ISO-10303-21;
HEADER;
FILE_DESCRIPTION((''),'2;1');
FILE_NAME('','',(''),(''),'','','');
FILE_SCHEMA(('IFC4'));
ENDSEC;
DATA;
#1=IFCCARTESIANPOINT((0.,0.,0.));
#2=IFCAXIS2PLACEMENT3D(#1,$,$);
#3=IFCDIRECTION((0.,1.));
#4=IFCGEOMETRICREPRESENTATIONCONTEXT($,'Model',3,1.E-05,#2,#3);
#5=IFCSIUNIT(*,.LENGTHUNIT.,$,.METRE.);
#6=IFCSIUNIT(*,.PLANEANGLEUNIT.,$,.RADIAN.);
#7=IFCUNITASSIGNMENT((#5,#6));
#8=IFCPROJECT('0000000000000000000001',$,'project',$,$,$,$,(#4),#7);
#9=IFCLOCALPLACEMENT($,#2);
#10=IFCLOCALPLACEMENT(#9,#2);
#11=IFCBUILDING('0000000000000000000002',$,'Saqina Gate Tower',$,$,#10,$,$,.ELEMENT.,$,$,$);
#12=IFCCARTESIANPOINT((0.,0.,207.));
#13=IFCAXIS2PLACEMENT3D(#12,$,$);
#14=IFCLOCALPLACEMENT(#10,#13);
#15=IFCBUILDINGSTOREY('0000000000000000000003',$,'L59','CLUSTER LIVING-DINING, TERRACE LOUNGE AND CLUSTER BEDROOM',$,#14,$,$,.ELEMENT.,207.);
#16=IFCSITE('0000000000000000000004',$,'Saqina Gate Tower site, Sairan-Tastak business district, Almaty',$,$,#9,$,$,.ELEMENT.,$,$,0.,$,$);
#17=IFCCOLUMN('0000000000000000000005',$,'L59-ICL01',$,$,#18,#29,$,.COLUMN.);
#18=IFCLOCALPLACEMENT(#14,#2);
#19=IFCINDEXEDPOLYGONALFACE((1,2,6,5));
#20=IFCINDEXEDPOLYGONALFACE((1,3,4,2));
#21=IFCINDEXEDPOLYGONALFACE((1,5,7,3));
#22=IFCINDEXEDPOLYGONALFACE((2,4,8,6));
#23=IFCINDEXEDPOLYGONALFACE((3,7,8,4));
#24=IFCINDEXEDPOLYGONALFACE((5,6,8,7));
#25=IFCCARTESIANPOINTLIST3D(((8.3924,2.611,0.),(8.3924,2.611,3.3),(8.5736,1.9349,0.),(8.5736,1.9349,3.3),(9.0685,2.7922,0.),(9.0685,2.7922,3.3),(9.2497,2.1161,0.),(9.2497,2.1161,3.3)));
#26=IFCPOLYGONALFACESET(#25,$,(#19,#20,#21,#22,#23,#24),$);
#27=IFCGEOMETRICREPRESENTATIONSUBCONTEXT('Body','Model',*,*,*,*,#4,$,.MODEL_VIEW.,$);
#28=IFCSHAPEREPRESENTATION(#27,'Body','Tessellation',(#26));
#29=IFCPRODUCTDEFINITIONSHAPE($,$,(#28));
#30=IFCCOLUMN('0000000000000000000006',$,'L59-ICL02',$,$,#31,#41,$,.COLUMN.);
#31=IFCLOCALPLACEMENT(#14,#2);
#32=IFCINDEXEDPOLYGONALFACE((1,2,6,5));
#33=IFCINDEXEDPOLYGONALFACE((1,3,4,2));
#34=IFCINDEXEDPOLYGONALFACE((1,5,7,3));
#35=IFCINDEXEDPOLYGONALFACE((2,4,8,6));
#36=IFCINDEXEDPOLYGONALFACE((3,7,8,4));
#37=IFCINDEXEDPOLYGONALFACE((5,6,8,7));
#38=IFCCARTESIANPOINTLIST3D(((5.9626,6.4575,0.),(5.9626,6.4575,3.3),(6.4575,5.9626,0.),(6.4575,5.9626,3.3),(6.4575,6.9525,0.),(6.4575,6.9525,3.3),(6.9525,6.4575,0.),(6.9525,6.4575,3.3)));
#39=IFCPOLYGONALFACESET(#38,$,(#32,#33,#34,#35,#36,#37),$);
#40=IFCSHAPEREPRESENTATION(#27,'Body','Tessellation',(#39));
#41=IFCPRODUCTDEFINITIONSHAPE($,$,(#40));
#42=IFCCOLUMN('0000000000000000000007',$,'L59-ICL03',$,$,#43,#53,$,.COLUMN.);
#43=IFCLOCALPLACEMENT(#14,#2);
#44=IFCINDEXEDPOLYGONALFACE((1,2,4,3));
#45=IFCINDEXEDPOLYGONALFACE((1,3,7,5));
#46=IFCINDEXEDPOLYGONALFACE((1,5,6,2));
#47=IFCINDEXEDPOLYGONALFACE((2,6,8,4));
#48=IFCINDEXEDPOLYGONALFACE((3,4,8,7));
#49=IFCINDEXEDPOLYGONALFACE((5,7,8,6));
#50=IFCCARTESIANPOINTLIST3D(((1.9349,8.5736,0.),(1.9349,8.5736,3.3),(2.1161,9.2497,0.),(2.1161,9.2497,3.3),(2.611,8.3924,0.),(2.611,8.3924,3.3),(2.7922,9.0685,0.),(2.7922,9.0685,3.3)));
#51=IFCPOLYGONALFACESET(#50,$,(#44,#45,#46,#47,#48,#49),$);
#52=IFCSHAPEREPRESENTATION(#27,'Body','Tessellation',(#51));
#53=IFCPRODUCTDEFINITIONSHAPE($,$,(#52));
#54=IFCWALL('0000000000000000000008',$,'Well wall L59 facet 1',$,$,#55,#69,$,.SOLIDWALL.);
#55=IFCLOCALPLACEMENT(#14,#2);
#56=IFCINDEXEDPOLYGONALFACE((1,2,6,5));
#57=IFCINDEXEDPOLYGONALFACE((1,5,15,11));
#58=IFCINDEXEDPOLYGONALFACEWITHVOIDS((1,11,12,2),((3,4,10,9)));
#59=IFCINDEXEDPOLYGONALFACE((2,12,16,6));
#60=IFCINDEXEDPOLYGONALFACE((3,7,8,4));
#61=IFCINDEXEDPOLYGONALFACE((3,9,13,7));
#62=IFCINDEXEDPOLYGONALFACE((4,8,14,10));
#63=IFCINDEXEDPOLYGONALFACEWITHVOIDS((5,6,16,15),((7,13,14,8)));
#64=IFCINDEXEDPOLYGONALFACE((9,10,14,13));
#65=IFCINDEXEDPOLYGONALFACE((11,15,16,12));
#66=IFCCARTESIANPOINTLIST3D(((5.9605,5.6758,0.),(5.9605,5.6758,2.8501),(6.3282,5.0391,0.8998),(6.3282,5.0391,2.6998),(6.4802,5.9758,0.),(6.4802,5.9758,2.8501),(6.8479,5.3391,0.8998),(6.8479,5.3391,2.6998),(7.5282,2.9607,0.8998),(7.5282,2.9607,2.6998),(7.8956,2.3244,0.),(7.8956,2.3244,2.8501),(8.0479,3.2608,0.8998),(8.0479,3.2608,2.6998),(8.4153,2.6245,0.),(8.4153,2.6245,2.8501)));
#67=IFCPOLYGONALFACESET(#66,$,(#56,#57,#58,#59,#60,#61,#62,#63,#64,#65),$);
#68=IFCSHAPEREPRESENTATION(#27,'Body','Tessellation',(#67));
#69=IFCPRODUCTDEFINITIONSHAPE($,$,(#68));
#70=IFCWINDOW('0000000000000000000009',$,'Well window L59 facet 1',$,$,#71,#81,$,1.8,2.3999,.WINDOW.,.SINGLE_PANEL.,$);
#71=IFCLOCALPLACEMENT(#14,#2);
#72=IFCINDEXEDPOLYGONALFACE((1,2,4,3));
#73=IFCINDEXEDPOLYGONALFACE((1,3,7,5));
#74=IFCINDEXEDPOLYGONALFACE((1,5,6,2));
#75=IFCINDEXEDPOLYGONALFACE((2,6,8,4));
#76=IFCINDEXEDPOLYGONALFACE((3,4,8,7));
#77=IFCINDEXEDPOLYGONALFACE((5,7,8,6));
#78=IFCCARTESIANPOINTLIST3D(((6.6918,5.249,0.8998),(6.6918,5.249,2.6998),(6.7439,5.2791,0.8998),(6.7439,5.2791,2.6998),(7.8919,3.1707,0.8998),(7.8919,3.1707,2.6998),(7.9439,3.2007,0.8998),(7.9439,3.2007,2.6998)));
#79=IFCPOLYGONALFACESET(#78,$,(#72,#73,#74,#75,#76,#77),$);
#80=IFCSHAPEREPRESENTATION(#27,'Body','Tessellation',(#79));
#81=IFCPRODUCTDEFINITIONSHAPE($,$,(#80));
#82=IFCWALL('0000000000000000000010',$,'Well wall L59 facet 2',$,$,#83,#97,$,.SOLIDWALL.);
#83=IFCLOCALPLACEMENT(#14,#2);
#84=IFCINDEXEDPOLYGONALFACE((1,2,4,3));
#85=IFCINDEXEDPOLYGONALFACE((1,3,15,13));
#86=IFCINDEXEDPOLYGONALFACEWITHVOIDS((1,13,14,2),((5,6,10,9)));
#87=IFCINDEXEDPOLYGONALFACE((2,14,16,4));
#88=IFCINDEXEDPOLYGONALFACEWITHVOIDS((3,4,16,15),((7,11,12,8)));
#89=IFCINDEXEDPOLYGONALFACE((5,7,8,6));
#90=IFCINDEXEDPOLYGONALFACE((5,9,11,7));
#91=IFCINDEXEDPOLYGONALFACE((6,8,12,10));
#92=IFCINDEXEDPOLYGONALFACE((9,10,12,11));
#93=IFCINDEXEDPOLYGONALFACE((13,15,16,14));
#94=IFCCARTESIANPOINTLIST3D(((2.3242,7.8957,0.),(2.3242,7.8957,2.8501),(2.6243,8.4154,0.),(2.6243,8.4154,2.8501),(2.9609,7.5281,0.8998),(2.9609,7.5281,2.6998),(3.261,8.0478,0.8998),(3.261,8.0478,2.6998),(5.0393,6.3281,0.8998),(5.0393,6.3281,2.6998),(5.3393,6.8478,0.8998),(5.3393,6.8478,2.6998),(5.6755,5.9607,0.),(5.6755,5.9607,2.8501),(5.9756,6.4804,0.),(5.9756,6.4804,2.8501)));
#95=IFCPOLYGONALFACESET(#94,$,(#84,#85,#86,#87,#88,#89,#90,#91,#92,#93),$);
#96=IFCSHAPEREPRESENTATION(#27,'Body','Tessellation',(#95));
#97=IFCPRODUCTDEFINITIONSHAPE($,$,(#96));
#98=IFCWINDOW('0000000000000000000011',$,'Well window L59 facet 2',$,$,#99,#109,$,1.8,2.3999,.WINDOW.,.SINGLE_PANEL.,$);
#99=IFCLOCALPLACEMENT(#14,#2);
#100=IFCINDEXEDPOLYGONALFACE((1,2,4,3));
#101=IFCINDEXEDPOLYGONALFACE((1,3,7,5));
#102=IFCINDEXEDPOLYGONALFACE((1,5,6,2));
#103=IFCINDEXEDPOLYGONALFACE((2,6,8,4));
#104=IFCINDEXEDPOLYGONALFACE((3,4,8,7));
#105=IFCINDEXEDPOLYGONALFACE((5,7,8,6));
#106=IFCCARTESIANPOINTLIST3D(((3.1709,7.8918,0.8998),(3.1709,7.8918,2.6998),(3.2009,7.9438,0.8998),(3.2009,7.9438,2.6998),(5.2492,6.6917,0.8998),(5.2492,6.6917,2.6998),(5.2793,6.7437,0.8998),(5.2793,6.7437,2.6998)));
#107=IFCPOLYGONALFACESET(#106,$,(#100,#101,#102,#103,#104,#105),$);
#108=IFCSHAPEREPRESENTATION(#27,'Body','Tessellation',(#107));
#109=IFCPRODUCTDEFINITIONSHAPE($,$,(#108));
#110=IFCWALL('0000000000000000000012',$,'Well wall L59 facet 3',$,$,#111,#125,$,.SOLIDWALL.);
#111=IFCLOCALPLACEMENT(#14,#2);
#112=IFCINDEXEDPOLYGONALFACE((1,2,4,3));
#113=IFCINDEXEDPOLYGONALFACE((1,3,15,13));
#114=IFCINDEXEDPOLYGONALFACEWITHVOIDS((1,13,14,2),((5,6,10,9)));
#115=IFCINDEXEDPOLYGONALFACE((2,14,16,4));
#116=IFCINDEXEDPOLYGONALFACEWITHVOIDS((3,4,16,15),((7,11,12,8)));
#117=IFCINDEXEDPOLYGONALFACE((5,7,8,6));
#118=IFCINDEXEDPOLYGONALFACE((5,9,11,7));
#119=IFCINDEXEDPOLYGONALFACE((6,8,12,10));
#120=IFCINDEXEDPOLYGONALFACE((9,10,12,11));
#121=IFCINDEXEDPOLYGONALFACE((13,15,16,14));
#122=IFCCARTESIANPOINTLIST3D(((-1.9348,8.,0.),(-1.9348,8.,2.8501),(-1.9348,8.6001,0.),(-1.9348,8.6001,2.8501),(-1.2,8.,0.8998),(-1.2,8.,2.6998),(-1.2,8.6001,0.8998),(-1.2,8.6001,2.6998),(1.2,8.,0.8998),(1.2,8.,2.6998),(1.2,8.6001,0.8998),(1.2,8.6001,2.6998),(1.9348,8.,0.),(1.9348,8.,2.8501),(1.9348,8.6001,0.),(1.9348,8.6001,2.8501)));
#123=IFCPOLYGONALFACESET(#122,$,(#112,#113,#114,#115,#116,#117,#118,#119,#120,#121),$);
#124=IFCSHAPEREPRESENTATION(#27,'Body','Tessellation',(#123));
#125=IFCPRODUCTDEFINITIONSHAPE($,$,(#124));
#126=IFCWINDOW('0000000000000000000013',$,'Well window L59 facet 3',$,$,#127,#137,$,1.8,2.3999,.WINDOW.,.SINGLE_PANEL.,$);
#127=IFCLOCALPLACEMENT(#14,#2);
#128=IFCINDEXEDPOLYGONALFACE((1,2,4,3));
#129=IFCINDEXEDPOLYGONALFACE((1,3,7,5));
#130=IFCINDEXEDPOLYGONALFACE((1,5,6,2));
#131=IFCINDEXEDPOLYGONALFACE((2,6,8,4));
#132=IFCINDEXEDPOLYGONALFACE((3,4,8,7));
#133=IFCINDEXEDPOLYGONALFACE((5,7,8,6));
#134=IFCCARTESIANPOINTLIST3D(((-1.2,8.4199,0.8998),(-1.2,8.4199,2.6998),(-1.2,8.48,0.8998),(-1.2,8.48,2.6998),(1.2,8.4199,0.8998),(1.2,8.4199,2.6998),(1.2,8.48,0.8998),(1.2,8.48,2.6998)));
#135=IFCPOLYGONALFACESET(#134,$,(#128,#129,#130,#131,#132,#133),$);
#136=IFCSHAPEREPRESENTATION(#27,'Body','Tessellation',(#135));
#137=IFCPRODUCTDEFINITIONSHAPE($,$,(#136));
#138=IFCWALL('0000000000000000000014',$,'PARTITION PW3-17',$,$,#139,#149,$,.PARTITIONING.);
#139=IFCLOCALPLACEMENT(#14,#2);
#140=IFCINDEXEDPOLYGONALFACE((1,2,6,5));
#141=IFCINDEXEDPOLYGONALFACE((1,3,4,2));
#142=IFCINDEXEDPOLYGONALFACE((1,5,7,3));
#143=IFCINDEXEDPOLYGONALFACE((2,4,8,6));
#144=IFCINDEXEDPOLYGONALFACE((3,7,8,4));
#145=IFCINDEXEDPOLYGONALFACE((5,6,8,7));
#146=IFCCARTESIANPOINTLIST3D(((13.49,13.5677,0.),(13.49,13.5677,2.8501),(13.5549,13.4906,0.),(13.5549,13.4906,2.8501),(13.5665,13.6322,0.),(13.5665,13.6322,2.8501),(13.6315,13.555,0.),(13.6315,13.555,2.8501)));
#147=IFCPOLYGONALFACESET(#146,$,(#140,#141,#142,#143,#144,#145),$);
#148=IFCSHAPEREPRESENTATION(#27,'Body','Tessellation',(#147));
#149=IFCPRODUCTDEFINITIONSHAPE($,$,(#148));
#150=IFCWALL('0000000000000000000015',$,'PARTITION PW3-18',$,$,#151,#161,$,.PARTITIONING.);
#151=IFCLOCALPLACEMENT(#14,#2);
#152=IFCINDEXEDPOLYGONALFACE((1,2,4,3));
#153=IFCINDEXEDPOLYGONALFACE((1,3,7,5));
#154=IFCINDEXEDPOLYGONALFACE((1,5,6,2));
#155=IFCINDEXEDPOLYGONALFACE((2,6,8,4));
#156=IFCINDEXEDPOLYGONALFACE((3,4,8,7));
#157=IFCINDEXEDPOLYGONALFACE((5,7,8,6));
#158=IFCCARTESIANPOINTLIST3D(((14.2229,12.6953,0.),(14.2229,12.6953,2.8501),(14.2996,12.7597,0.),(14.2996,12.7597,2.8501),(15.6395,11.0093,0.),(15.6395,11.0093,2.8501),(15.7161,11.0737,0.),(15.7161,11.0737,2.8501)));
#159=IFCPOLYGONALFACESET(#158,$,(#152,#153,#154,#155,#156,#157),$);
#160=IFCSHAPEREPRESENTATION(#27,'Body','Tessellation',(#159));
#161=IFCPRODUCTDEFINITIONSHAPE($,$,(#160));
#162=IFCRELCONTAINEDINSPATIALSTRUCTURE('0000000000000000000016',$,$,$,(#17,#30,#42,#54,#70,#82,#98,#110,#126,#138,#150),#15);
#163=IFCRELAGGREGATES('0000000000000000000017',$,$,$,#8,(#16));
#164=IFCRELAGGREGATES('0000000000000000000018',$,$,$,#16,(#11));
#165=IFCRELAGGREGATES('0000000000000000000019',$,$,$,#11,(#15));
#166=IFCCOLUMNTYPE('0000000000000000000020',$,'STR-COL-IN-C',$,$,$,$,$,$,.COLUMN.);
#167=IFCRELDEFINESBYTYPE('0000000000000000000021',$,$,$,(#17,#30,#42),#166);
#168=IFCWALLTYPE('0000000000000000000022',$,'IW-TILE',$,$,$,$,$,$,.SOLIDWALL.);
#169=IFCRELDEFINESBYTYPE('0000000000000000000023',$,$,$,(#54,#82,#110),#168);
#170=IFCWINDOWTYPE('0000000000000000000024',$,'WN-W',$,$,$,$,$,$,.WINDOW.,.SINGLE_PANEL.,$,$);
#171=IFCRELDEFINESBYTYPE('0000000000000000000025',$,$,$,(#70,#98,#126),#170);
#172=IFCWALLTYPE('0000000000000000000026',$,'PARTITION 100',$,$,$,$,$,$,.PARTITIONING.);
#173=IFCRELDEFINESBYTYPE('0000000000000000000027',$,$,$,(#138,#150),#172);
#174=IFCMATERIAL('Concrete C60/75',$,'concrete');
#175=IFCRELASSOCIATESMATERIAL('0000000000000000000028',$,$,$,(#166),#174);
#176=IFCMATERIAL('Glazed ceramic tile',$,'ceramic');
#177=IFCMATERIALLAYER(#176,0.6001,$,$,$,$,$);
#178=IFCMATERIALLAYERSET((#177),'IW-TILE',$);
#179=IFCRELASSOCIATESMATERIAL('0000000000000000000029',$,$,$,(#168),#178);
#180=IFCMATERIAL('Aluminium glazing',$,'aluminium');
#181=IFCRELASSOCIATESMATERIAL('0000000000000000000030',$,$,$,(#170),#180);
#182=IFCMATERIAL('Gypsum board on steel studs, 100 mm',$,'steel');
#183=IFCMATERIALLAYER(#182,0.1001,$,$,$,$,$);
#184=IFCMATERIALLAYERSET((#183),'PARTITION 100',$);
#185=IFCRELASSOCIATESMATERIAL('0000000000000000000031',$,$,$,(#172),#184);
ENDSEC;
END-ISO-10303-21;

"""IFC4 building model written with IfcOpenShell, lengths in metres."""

from ifc_helpers import new_model, si_unit, direction, frame, frame_2d, origin, origin_2d, place, context, subcontext, project, spatial, rectangle, extrude, material, layer, layer_set, material_profile, profile_set, type_object, element, fill, save


model = new_model("IFC4")

# Units and contexts
model_context = context("Model", 3, precision=1e-05, world=origin(), true_north=direction((0.0, 1.0)))
body_context = subcontext(model_context, "Body", "Model", "MODEL_VIEW")
ifc_project = project(units=[si_unit("LENGTHUNIT", "METRE"), si_unit("PLANEANGLEUNIT", "RADIAN")], contexts=[model_context])

# Site, building, storey
site_placement = place(None, origin())
site = spatial("IfcSite", under=ifc_project, at=site_placement, Name="Saqina Gate Tower site, Sairan-Tastak business district, Almaty", CompositionType="ELEMENT", RefElevation=0.0)
building_placement = place(site_placement, origin())
building = spatial("IfcBuilding", under=site, at=building_placement, Name="Saqina Gate Tower", CompositionType="ELEMENT")
storey_placement = place(building_placement, frame((0.0, 0.0, 207.0)))
storey = spatial("IfcBuildingStorey", under=building, at=storey_placement, Name="L59", Description="CLUSTER LIVING-DINING, TERRACE LOUNGE AND CLUSTER BEDROOM", CompositionType="ELEMENT", Elevation=207.0)

# Columns
ifc_material_1 = material(Name="Concrete C60/75", Category="concrete")
ifc_material_profile = material_profile(ifc_material_1, rectangle(XDim=0.7, YDim=0.7, at=origin_2d()), Name="RC 700x700")
ifc_profile_set = profile_set([ifc_material_profile], Name="Concrete C60/75")
column_type = type_object("IfcColumnType", Name="STR-COL-IN-C", PredefinedType="COLUMN", material=ifc_profile_set)
for number, where, z_axis, x_axis, name in (
    (1, (8.821, 2.3635, 0.0), (0.0, 0.0, 1.0), (0.965926, 0.258819, 0.0), "L59-ICL01"),
    (2, (6.4575, 6.4575, 0.0), (0.0, 0.0, 1.0), (0.707107, 0.707107, 0.0), "L59-ICL02"),
    (3, (2.3635, 8.821, 0.0), (0.0, 0.0, 1.0), (0.258819, 0.965926, 0.0), "L59-ICL03"),
):
    element("IfcColumn", number, at=place(storey_placement, frame(where, z_axis=z_axis, x_axis=x_axis)), inside=storey, type_object=column_type, Name=name, PredefinedType="COLUMN", context=body_context, shape_type="SweptSolid", body=[
        extrude(rectangle(XDim=0.7, YDim=0.7, at=origin_2d()), origin(), (0.0, 0.0, 1.0), 3.3),
    ])

# Walls, openings, windows
ifc_material_2 = material(Name="Glazed ceramic tile", Category="ceramic")
ifc_layer_1 = layer(ifc_material_2, 0.6001)
ifc_layer_set_1 = layer_set([ifc_layer_1], Name="IW-TILE")
wall_type_1 = type_object("IfcWallType", Name="IW-TILE", PredefinedType="SOLIDWALL", material=ifc_layer_set_1)
wall_1_placement = place(storey_placement, frame((8.1555, 2.4744, 0.0), z_axis=(0.0, 0.0, 1.0), x_axis=(-0.500034, 0.866006, 0.0)))
wall_1 = element("IfcWall", 4, at=wall_1_placement, inside=storey, type_object=wall_type_1, Name="Well wall L59 facet 1", PredefinedType="SOLIDWALL", context=body_context, shape_type="SweptSolid", body=[
    extrude(rectangle(XDim=3.8699, YDim=0.6001, at=frame_2d((1.9351, 0.0))), origin(), (0.0, 0.0, 1.0), 2.8501),
])
opening_1_placement = place(wall_1_placement, frame((0.7349, 0.0, 0.8999)))
opening_1 = element("IfcOpeningElement", 5, at=opening_1_placement, cuts=wall_1, PredefinedType="OPENING", context=body_context, shape_type="SweptSolid", body=[
    extrude(rectangle(XDim=2.3999, YDim=1.8, at=frame_2d((1.2, 0.8999))), frame((0.0, 0.312, 0.0), z_axis=(0.0, -1.0, 0.0), x_axis=(1.0, 0.0, 0.0)), (0.0, 0.0, 1.0), 0.624),
])
ifc_material_3 = material(Name="Aluminium glazing", Category="aluminium")
window_type = type_object("IfcWindowType", Name="WN-W", PartitioningType="SINGLE_PANEL", PredefinedType="WINDOW", material=ifc_material_3)
window_1_placement = place(opening_1_placement, origin())
window_1 = element("IfcWindow", 6, at=window_1_placement, inside=storey, type_object=window_type, Name="Well window L59 facet 1", OverallHeight=1.8, OverallWidth=2.3999, PartitioningType="SINGLE_PANEL", PredefinedType="WINDOW", context=body_context, shape_type="SweptSolid", body=[
    extrude(rectangle(XDim=2.3999, YDim=1.8, at=frame_2d((1.2, 0.8999))), frame((0.0, -0.1199, 0.0), z_axis=(0.0, -1.0, 0.0), x_axis=(1.0, 0.0, 0.0)), (0.0, 0.0, 1.0), 0.0601),
])
fill(opening_1, window_1)
wall_2_placement = place(storey_placement, frame((5.8257, 6.2205, 0.0), z_axis=(0.0, 0.0, 1.0), x_axis=(-0.866006, 0.500034, 0.0)))
wall_2 = element("IfcWall", 7, at=wall_2_placement, inside=storey, type_object=wall_type_1, Name="Well wall L59 facet 2", PredefinedType="SOLIDWALL", context=body_context, shape_type="SweptSolid", body=[
    extrude(rectangle(XDim=3.8699, YDim=0.6001, at=frame_2d((1.9351, 0.0))), origin(), (0.0, 0.0, 1.0), 2.8501),
])
opening_2_placement = place(wall_2_placement, frame((0.7349, 0.0, 0.8999)))
opening_2 = element("IfcOpeningElement", 8, at=opening_2_placement, cuts=wall_2, PredefinedType="OPENING", context=body_context, shape_type="SweptSolid", body=[
    extrude(rectangle(XDim=2.3999, YDim=1.8, at=frame_2d((1.2, 0.8999))), frame((0.0, 0.312, 0.0), z_axis=(0.0, -1.0, 0.0), x_axis=(1.0, 0.0, 0.0)), (0.0, 0.0, 1.0), 0.624),
])
window_2_placement = place(opening_2_placement, origin())
window_2 = element("IfcWindow", 9, at=window_2_placement, inside=storey, type_object=window_type, Name="Well window L59 facet 2", OverallHeight=1.8, OverallWidth=2.3999, PartitioningType="SINGLE_PANEL", PredefinedType="WINDOW", context=body_context, shape_type="SweptSolid", body=[
    extrude(rectangle(XDim=2.3999, YDim=1.8, at=frame_2d((1.2, 0.8999))), frame((0.0, -0.1199, 0.0), z_axis=(0.0, -1.0, 0.0), x_axis=(1.0, 0.0, 0.0)), (0.0, 0.0, 1.0), 0.0601),
])
fill(opening_2, window_2)
wall_3_placement = place(storey_placement, frame((1.9348, 8.3, 0.0), z_axis=(0.0, 0.0, 1.0), x_axis=(-1.0, 0.0, 0.0)))
wall_3 = element("IfcWall", 10, at=wall_3_placement, inside=storey, type_object=wall_type_1, Name="Well wall L59 facet 3", PredefinedType="SOLIDWALL", context=body_context, shape_type="SweptSolid", body=[
    extrude(rectangle(XDim=3.8696, YDim=0.6001, at=frame_2d((1.9348, 0.0))), origin(), (0.0, 0.0, 1.0), 2.8501),
])
opening_3_placement = place(wall_3_placement, frame((0.7349, 0.0, 0.8999)))
opening_3 = element("IfcOpeningElement", 11, at=opening_3_placement, cuts=wall_3, PredefinedType="OPENING", context=body_context, shape_type="SweptSolid", body=[
    extrude(rectangle(XDim=2.3999, YDim=1.8, at=frame_2d((1.2, 0.8999))), frame((0.0, 0.312, 0.0), z_axis=(0.0, -1.0, 0.0), x_axis=(1.0, 0.0, 0.0)), (0.0, 0.0, 1.0), 0.624),
])
window_3_placement = place(opening_3_placement, origin())
window_3 = element("IfcWindow", 12, at=window_3_placement, inside=storey, type_object=window_type, Name="Well window L59 facet 3", OverallHeight=1.8, OverallWidth=2.3999, PartitioningType="SINGLE_PANEL", PredefinedType="WINDOW", context=body_context, shape_type="SweptSolid", body=[
    extrude(rectangle(XDim=2.3999, YDim=1.8, at=frame_2d((1.2, 0.8999))), frame((0.0, -0.1199, 0.0), z_axis=(0.0, -1.0, 0.0), x_axis=(1.0, 0.0, 0.0)), (0.0, 0.0, 1.0), 0.0601),
])
fill(opening_3, window_3)

# Walls
ifc_material_4 = material(Name="Gypsum board on steel studs, 100 mm", Category="steel")
ifc_layer_2 = layer(ifc_material_4, 0.1001)
ifc_layer_set_2 = layer_set([ifc_layer_2], Name="PARTITION 100")
wall_type_2 = type_object("IfcWallType", Name="PARTITION 100", PredefinedType="PARTITIONING", material=ifc_layer_set_2)
wall_4_placement = place(storey_placement, frame((13.5283, 13.5999, 0.0), z_axis=(0.0, 0.0, 1.0), x_axis=(0.643987, -0.765037, 0.0)))
element("IfcWall", 13, at=wall_4_placement, inside=storey, type_object=wall_type_2, Name="PARTITION PW3-17", PredefinedType="PARTITIONING", context=body_context, shape_type="SweptSolid", body=[
    extrude(rectangle(XDim=0.1008, YDim=0.1001, at=frame_2d((0.0503, 0.0))), origin(), (0.0, 0.0, 1.0), 2.8501),
])
wall_5_placement = place(storey_placement, frame((14.2612, 12.7275, 0.0), z_axis=(0.0, 0.0, 1.0), x_axis=(0.643254, -0.765652, 0.0)))
element("IfcWall", 14, at=wall_5_placement, inside=storey, type_object=wall_type_2, Name="PARTITION PW3-18", PredefinedType="PARTITIONING", context=body_context, shape_type="SweptSolid", body=[
    extrude(rectangle(XDim=2.2021, YDim=0.1001, at=frame_2d((1.1011, 0.0))), origin(), (0.0, 0.0, 1.0), 2.8501),
])

save(model, "model.ifc")
